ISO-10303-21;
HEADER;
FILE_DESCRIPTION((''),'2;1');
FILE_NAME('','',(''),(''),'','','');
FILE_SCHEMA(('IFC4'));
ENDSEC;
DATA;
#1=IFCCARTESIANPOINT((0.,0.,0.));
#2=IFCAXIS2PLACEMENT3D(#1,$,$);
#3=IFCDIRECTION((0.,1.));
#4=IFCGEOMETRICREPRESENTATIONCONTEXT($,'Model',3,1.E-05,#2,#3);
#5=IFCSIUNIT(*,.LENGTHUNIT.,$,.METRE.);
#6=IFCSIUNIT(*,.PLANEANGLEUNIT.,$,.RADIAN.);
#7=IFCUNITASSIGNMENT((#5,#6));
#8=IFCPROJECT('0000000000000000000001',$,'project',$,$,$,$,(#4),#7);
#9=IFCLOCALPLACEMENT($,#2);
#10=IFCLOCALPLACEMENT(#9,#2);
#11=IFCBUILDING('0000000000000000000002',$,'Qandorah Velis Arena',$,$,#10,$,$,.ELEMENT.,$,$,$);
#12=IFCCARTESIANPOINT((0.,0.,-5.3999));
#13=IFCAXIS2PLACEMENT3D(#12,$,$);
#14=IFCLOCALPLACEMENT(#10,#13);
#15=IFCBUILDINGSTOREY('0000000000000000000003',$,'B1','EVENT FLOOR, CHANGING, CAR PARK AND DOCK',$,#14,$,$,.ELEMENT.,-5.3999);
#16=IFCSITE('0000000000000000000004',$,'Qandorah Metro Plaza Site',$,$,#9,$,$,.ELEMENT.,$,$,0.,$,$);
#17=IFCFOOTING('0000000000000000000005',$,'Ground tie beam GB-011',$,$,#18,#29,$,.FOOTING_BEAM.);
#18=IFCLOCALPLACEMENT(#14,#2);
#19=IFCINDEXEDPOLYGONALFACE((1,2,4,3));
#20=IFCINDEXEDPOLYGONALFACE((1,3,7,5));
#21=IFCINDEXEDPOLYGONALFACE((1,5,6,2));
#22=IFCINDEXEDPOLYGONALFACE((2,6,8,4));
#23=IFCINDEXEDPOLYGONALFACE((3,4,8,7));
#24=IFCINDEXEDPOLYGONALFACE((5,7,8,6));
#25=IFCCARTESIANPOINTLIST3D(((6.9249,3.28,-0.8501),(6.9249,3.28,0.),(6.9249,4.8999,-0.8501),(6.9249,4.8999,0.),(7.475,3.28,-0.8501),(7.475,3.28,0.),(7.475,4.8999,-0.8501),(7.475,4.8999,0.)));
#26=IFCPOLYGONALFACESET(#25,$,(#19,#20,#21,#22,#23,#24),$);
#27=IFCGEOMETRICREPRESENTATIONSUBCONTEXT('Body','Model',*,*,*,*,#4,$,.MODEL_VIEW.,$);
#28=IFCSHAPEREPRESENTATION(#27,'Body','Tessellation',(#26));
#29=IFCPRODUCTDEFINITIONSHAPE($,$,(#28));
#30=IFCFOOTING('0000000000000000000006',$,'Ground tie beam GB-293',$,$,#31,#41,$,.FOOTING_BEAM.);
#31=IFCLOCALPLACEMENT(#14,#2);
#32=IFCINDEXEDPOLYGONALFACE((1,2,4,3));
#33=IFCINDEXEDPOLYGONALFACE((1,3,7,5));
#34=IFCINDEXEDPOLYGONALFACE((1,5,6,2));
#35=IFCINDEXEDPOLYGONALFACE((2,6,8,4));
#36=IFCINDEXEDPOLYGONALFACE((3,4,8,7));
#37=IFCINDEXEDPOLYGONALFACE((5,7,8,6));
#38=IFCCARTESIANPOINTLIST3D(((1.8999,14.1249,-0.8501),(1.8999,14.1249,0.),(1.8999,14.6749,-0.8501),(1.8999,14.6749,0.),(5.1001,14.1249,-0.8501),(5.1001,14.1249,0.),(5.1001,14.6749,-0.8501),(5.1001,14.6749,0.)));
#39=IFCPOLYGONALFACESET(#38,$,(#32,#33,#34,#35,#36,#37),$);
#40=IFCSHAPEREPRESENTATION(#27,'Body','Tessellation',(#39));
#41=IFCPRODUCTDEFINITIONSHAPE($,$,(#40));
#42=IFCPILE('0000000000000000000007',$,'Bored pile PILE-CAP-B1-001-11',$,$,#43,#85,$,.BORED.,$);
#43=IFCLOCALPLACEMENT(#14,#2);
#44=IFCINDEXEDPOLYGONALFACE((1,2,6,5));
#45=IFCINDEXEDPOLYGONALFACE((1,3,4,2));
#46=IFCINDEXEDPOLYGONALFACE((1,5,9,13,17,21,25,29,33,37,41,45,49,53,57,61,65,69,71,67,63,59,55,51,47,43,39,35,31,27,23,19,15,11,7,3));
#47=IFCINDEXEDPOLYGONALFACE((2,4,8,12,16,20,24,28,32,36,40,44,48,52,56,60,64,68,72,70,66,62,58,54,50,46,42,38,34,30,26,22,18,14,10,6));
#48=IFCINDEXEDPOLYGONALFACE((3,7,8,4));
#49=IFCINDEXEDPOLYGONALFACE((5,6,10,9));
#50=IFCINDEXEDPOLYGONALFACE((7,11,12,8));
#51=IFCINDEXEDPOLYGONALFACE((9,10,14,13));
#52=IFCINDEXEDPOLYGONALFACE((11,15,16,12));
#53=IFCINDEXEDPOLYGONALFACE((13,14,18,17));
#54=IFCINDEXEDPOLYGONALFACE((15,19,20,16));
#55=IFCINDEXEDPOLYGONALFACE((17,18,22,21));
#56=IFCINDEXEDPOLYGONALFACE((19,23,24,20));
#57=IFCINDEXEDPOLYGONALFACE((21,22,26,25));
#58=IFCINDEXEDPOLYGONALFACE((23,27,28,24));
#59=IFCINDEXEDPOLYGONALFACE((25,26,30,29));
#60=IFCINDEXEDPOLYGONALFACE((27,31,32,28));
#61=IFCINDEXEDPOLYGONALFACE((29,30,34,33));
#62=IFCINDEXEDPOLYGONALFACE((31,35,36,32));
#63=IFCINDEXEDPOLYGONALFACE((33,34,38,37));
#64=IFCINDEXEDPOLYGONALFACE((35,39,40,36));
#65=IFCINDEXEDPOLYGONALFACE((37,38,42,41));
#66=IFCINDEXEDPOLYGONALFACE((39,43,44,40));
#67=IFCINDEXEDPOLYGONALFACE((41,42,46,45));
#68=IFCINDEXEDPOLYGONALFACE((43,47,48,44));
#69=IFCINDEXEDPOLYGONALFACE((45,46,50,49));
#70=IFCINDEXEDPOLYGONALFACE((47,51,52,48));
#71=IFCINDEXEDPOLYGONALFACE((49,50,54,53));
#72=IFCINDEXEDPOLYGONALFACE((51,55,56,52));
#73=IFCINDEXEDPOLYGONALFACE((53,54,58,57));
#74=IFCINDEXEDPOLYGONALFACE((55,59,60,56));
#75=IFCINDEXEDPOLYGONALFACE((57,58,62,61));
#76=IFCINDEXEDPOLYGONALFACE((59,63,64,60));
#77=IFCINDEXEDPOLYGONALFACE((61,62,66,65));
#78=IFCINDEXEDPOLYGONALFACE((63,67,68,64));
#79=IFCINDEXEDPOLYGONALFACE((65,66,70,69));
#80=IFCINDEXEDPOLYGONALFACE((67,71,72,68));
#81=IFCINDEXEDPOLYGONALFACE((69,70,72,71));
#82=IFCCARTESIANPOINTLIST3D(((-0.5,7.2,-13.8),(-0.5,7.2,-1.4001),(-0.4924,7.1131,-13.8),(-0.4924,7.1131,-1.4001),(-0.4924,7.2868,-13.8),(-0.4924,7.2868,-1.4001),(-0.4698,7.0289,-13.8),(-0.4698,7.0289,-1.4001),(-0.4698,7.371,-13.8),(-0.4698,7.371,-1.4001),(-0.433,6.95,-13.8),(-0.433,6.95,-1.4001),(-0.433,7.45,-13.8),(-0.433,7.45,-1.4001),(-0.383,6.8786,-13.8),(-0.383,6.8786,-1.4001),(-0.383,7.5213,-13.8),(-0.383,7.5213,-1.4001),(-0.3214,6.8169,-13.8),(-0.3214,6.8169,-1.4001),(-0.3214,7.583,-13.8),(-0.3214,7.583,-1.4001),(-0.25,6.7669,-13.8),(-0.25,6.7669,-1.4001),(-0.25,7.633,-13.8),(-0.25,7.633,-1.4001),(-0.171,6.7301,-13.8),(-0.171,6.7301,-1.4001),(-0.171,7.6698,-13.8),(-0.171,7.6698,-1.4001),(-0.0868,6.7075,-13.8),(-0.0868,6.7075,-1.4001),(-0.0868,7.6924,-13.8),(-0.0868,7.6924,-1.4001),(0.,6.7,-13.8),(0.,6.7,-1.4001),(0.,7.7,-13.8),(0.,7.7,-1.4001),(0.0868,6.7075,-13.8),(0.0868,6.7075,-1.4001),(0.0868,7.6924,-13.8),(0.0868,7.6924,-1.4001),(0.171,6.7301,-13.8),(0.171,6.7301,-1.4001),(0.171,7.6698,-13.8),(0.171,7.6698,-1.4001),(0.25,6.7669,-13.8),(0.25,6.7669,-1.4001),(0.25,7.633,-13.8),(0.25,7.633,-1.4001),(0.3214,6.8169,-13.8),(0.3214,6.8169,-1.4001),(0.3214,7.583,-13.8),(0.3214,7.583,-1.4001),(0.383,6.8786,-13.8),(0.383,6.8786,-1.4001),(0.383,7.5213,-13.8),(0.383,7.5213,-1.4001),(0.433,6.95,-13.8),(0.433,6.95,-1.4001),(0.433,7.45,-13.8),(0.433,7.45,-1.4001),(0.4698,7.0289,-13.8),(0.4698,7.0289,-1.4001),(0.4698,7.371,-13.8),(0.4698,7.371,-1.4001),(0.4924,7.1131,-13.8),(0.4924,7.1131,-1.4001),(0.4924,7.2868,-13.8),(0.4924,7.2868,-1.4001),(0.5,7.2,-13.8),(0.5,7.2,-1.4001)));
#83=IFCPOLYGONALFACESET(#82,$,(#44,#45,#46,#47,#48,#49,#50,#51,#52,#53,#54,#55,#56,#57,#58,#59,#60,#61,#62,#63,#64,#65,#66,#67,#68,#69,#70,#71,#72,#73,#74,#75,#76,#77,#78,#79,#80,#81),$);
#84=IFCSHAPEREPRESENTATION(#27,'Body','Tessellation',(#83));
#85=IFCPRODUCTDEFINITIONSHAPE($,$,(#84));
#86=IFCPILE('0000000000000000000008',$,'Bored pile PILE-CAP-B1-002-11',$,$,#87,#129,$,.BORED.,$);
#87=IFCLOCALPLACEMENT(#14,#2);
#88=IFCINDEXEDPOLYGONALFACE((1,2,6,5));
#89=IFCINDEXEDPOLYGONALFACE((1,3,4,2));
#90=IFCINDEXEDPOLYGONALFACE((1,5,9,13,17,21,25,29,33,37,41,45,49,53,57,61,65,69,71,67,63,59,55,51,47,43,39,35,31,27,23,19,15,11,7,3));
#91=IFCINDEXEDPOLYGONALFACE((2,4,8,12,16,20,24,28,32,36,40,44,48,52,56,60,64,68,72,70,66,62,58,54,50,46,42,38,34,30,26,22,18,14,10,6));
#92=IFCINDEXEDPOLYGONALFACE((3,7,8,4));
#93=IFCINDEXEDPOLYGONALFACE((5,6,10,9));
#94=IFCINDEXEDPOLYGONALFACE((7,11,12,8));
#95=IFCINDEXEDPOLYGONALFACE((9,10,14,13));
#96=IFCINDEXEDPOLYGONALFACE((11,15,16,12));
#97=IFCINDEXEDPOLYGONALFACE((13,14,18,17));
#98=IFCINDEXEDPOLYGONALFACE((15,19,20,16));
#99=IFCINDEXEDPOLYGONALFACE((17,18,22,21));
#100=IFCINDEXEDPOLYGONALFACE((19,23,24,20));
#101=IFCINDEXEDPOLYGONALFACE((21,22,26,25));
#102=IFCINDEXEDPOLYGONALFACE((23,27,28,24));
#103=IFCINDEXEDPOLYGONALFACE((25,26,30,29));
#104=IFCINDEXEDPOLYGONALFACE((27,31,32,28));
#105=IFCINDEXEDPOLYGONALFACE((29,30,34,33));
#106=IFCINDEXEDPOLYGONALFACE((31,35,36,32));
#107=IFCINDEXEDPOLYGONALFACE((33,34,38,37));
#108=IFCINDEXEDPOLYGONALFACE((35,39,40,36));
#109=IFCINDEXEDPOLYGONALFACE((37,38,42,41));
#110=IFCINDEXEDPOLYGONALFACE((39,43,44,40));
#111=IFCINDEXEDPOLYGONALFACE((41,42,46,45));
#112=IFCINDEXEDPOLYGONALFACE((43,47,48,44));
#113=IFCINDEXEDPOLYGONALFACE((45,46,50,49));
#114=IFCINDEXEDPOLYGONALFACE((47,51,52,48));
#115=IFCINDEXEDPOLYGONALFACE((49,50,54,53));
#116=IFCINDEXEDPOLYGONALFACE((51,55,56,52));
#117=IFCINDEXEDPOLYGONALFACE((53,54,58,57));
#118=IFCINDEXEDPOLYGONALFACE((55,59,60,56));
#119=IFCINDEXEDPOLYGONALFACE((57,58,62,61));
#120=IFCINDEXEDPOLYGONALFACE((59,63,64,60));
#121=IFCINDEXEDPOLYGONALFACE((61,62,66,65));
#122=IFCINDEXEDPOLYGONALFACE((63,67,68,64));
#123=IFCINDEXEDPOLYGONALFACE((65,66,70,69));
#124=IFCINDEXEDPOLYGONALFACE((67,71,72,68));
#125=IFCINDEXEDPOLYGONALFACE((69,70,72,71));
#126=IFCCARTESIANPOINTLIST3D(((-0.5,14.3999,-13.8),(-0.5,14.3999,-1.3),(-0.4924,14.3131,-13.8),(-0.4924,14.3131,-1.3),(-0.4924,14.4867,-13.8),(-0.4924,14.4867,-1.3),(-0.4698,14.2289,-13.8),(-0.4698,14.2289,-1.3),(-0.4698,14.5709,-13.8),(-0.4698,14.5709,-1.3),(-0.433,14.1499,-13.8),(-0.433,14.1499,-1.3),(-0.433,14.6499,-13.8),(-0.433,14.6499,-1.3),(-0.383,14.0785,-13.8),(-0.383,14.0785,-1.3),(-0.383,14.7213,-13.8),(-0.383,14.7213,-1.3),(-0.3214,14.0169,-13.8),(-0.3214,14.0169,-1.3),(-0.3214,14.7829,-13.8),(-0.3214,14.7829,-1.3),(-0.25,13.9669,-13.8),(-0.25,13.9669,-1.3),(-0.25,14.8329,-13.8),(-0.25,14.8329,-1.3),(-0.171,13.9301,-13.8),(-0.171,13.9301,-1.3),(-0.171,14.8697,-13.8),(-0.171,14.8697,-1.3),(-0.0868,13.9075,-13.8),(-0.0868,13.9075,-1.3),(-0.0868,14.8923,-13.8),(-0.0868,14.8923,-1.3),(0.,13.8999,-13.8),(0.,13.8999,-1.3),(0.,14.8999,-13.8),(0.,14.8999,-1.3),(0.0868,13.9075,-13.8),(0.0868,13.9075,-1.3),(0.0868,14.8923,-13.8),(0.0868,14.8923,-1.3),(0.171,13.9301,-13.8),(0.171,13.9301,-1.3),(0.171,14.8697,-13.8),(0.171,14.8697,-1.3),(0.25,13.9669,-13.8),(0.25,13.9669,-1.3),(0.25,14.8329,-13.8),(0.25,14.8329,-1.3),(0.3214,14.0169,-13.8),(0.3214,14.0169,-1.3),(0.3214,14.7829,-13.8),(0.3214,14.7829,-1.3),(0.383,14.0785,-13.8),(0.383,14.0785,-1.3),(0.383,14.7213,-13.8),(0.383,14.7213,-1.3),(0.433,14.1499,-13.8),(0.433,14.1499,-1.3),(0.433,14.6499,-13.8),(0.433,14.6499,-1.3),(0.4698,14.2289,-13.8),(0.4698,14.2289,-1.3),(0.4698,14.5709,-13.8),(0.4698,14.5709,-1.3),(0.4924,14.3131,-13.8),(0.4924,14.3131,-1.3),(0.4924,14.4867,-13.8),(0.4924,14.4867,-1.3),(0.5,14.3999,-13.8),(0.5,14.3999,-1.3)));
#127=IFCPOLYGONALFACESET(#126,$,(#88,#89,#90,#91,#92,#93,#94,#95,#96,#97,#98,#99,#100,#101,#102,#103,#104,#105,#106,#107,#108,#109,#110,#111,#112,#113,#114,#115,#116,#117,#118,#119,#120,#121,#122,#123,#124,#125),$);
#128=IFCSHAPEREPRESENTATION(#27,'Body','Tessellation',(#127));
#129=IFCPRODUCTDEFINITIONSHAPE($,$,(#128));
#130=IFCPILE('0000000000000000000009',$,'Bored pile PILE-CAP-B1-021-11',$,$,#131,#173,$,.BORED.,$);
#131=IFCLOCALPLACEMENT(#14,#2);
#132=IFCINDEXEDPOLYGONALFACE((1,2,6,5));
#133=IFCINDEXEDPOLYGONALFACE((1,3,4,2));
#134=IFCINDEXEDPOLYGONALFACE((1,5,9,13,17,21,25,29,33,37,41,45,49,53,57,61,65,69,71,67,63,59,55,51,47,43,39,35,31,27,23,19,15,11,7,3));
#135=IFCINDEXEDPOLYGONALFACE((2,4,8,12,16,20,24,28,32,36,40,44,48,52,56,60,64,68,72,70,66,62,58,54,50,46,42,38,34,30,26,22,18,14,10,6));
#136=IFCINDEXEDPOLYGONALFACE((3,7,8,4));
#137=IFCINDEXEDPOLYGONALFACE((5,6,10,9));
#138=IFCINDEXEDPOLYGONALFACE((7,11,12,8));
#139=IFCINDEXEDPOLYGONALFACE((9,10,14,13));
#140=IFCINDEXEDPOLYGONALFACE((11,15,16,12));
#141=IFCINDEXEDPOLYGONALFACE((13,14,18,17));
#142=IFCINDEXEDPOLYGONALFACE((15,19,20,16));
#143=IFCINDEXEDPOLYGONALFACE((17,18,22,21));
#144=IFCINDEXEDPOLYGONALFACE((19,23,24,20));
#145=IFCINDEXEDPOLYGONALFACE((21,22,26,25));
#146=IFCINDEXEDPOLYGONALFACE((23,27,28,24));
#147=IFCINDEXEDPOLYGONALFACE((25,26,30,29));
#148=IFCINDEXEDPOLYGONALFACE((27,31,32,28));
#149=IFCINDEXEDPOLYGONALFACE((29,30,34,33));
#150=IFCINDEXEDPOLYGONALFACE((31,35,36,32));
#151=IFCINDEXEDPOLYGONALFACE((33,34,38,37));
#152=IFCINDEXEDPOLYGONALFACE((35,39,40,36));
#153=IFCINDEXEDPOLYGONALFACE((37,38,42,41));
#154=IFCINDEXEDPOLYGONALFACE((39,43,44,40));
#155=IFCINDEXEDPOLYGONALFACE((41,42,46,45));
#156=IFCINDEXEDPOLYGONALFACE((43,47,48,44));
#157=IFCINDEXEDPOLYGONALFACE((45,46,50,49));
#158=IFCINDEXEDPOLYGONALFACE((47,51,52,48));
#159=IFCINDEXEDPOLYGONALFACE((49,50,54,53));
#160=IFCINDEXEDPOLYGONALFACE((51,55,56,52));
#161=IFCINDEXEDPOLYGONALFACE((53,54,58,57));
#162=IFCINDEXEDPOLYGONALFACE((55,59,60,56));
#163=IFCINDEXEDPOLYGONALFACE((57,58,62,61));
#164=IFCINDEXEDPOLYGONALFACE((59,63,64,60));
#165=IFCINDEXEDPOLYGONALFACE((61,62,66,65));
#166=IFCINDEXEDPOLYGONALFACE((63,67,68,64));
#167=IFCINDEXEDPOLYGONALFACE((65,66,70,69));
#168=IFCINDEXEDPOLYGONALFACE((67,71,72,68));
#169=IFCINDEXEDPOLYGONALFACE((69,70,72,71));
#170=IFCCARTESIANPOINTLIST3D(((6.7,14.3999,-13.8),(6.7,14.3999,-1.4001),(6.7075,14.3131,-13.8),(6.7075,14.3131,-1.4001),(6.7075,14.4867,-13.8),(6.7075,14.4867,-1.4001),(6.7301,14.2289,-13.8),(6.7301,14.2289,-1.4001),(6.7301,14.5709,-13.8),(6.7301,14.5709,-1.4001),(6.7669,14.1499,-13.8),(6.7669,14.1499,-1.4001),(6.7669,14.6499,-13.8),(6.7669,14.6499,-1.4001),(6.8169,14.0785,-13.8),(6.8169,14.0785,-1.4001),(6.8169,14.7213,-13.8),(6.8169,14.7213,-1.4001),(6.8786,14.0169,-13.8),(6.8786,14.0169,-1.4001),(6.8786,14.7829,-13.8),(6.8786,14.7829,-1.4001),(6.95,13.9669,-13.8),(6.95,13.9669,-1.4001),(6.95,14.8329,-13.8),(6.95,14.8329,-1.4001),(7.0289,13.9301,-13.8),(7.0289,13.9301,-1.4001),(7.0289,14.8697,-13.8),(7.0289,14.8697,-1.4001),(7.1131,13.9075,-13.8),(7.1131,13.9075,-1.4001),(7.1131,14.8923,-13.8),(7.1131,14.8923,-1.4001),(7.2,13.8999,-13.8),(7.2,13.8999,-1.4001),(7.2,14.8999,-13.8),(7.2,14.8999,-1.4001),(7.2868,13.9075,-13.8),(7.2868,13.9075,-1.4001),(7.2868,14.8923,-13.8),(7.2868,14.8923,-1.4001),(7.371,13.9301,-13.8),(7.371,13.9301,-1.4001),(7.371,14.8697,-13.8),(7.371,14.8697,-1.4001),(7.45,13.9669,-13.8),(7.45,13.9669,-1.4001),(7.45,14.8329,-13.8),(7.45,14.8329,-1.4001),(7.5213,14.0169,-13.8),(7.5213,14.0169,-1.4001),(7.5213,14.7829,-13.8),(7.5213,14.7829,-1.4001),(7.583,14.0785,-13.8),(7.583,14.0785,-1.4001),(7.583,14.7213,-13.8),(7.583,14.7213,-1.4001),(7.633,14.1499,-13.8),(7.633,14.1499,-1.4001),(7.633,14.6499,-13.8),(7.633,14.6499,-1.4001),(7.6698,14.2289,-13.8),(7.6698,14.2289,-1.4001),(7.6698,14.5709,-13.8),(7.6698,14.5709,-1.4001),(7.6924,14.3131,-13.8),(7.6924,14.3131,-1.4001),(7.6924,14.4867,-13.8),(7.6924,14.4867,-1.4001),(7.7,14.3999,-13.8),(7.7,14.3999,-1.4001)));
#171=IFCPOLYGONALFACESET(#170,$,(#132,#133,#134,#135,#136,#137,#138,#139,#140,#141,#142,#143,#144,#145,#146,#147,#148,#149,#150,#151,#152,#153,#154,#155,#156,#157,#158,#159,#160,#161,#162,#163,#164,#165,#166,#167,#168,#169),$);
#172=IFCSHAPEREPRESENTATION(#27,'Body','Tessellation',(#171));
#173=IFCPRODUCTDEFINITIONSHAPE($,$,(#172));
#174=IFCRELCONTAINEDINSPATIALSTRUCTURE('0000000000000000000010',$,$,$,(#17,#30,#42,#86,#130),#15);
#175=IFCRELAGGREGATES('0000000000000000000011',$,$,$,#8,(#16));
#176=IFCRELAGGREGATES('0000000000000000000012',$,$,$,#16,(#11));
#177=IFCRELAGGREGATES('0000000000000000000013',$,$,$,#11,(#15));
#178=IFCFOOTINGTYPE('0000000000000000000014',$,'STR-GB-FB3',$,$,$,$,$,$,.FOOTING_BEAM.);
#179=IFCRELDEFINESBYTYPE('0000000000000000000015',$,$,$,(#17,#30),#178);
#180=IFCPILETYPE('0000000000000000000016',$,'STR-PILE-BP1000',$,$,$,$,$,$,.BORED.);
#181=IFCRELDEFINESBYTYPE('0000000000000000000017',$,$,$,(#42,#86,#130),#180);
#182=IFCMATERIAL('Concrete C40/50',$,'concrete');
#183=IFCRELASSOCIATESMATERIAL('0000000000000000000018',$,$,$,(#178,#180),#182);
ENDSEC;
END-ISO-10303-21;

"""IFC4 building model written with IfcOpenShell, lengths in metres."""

from ifc_helpers import new_model, si_unit, direction, frame, origin, origin_2d, place, context, subcontext, project, spatial, rectangle, circle, extrude, material, material_profile, profile_set, type_object, element, save


model = new_model("IFC4")

# Units and contexts
model_context = context("Model", 3, precision=1e-05, world=origin(), true_north=direction((0.0, 1.0)))
body_context = subcontext(model_context, "Body", "Model", "MODEL_VIEW")
ifc_project = project(units=[si_unit("LENGTHUNIT", "METRE"), si_unit("PLANEANGLEUNIT", "RADIAN")], contexts=[model_context])

# Site, building, storey
site_placement = place(None, origin())
site = spatial("IfcSite", under=ifc_project, at=site_placement, Name="Qandorah Metro Plaza Site", CompositionType="ELEMENT", RefElevation=0.0)
building_placement = place(site_placement, origin())
building = spatial("IfcBuilding", under=site, at=building_placement, Name="Qandorah Velis Arena", CompositionType="ELEMENT")
storey_placement = place(building_placement, frame((0.0, 0.0, -5.3999)))
storey = spatial("IfcBuildingStorey", under=building, at=storey_placement, Name="B1", Description="EVENT FLOOR, CHANGING, CAR PARK AND DOCK", CompositionType="ELEMENT", Elevation=-5.3999)

# Footings
ifc_material_1 = material(Name="Concrete C40/50", Category="concrete")
ifc_material_profile_1 = material_profile(ifc_material_1, rectangle(XDim=0.55, YDim=0.8501, at=origin_2d()), Name="GB3 550x850")
ifc_profile_set_1 = profile_set([ifc_material_profile_1], Name="Concrete C40/50")
footing_type_1 = type_object("IfcFootingType", Name="STR-GB-FB3", PredefinedType="FOOTING_BEAM", material=ifc_profile_set_1)
footing_1_placement = place(storey_placement, frame((7.2, 3.28, -0.425), z_axis=(0.0, 1.0, 0.0), x_axis=(-1.0, 0.0, 0.0)))
element("IfcFooting", 1, at=footing_1_placement, inside=storey, type_object=footing_type_1, Name="Ground tie beam GB-011", PredefinedType="FOOTING_BEAM", context=body_context, shape_type="SweptSolid", body=[
    extrude(rectangle(XDim=0.55, YDim=0.8501, at=origin_2d()), origin(), (0.0, 0.0, 1.0), 1.6199),
])
footing_2_placement = place(storey_placement, frame((1.8999, 14.3999, -0.425), z_axis=(1.0, 0.0, 0.0), x_axis=(0.0, 1.0, 0.0)))
element("IfcFooting", 2, at=footing_2_placement, inside=storey, type_object=footing_type_1, Name="Ground tie beam GB-293", PredefinedType="FOOTING_BEAM", context=body_context, shape_type="SweptSolid", body=[
    extrude(rectangle(XDim=0.55, YDim=0.8501, at=origin_2d()), origin(), (0.0, 0.0, 1.0), 3.2002),
])

# Piles
ifc_material_profile_2 = material_profile(ifc_material_1, circle(Radius=0.5, at=origin_2d()), Name="BORED PILE D1000")
ifc_profile_set_2 = profile_set([ifc_material_profile_2], Name="Concrete C40/50")
pile_type_1 = type_object("IfcPileType", Name="STR-PILE-BP1000", PredefinedType="BORED", material=ifc_profile_set_2)
pile_1_placement = place(storey_placement, frame((0.0, 7.2, -1.4001), z_axis=(0.0, 0.0, -1.0), x_axis=(1.0, 0.0, 0.0)))
element("IfcPile", 3, at=pile_1_placement, inside=storey, type_object=pile_type_1, Name="Bored pile PILE-CAP-B1-001-11", PredefinedType="BORED", context=body_context, shape_type="SweptSolid", body=[
    extrude(circle(Radius=0.5, at=origin_2d()), origin(), (0.0, 0.0, 1.0), 12.3999),
])
pile_2_placement = place(storey_placement, frame((0.0, 14.3999, -1.3), z_axis=(0.0, 0.0, -1.0), x_axis=(1.0, 0.0, 0.0)))
element("IfcPile", 4, at=pile_2_placement, inside=storey, type_object=pile_type_1, Name="Bored pile PILE-CAP-B1-002-11", PredefinedType="BORED", context=body_context, shape_type="SweptSolid", body=[
    extrude(circle(Radius=0.5, at=origin_2d()), origin(), (0.0, 0.0, 1.0), 12.5),
])
pile_3_placement = place(storey_placement, frame((7.2, 14.3999, -1.4001), z_axis=(0.0, 0.0, -1.0), x_axis=(1.0, 0.0, 0.0)))
element("IfcPile", 5, at=pile_3_placement, inside=storey, type_object=pile_type_1, Name="Bored pile PILE-CAP-B1-021-11", PredefinedType="BORED", context=body_context, shape_type="SweptSolid", body=[
    extrude(circle(Radius=0.5, at=origin_2d()), origin(), (0.0, 0.0, 1.0), 12.3999),
])

save(model, "model.ifc")
